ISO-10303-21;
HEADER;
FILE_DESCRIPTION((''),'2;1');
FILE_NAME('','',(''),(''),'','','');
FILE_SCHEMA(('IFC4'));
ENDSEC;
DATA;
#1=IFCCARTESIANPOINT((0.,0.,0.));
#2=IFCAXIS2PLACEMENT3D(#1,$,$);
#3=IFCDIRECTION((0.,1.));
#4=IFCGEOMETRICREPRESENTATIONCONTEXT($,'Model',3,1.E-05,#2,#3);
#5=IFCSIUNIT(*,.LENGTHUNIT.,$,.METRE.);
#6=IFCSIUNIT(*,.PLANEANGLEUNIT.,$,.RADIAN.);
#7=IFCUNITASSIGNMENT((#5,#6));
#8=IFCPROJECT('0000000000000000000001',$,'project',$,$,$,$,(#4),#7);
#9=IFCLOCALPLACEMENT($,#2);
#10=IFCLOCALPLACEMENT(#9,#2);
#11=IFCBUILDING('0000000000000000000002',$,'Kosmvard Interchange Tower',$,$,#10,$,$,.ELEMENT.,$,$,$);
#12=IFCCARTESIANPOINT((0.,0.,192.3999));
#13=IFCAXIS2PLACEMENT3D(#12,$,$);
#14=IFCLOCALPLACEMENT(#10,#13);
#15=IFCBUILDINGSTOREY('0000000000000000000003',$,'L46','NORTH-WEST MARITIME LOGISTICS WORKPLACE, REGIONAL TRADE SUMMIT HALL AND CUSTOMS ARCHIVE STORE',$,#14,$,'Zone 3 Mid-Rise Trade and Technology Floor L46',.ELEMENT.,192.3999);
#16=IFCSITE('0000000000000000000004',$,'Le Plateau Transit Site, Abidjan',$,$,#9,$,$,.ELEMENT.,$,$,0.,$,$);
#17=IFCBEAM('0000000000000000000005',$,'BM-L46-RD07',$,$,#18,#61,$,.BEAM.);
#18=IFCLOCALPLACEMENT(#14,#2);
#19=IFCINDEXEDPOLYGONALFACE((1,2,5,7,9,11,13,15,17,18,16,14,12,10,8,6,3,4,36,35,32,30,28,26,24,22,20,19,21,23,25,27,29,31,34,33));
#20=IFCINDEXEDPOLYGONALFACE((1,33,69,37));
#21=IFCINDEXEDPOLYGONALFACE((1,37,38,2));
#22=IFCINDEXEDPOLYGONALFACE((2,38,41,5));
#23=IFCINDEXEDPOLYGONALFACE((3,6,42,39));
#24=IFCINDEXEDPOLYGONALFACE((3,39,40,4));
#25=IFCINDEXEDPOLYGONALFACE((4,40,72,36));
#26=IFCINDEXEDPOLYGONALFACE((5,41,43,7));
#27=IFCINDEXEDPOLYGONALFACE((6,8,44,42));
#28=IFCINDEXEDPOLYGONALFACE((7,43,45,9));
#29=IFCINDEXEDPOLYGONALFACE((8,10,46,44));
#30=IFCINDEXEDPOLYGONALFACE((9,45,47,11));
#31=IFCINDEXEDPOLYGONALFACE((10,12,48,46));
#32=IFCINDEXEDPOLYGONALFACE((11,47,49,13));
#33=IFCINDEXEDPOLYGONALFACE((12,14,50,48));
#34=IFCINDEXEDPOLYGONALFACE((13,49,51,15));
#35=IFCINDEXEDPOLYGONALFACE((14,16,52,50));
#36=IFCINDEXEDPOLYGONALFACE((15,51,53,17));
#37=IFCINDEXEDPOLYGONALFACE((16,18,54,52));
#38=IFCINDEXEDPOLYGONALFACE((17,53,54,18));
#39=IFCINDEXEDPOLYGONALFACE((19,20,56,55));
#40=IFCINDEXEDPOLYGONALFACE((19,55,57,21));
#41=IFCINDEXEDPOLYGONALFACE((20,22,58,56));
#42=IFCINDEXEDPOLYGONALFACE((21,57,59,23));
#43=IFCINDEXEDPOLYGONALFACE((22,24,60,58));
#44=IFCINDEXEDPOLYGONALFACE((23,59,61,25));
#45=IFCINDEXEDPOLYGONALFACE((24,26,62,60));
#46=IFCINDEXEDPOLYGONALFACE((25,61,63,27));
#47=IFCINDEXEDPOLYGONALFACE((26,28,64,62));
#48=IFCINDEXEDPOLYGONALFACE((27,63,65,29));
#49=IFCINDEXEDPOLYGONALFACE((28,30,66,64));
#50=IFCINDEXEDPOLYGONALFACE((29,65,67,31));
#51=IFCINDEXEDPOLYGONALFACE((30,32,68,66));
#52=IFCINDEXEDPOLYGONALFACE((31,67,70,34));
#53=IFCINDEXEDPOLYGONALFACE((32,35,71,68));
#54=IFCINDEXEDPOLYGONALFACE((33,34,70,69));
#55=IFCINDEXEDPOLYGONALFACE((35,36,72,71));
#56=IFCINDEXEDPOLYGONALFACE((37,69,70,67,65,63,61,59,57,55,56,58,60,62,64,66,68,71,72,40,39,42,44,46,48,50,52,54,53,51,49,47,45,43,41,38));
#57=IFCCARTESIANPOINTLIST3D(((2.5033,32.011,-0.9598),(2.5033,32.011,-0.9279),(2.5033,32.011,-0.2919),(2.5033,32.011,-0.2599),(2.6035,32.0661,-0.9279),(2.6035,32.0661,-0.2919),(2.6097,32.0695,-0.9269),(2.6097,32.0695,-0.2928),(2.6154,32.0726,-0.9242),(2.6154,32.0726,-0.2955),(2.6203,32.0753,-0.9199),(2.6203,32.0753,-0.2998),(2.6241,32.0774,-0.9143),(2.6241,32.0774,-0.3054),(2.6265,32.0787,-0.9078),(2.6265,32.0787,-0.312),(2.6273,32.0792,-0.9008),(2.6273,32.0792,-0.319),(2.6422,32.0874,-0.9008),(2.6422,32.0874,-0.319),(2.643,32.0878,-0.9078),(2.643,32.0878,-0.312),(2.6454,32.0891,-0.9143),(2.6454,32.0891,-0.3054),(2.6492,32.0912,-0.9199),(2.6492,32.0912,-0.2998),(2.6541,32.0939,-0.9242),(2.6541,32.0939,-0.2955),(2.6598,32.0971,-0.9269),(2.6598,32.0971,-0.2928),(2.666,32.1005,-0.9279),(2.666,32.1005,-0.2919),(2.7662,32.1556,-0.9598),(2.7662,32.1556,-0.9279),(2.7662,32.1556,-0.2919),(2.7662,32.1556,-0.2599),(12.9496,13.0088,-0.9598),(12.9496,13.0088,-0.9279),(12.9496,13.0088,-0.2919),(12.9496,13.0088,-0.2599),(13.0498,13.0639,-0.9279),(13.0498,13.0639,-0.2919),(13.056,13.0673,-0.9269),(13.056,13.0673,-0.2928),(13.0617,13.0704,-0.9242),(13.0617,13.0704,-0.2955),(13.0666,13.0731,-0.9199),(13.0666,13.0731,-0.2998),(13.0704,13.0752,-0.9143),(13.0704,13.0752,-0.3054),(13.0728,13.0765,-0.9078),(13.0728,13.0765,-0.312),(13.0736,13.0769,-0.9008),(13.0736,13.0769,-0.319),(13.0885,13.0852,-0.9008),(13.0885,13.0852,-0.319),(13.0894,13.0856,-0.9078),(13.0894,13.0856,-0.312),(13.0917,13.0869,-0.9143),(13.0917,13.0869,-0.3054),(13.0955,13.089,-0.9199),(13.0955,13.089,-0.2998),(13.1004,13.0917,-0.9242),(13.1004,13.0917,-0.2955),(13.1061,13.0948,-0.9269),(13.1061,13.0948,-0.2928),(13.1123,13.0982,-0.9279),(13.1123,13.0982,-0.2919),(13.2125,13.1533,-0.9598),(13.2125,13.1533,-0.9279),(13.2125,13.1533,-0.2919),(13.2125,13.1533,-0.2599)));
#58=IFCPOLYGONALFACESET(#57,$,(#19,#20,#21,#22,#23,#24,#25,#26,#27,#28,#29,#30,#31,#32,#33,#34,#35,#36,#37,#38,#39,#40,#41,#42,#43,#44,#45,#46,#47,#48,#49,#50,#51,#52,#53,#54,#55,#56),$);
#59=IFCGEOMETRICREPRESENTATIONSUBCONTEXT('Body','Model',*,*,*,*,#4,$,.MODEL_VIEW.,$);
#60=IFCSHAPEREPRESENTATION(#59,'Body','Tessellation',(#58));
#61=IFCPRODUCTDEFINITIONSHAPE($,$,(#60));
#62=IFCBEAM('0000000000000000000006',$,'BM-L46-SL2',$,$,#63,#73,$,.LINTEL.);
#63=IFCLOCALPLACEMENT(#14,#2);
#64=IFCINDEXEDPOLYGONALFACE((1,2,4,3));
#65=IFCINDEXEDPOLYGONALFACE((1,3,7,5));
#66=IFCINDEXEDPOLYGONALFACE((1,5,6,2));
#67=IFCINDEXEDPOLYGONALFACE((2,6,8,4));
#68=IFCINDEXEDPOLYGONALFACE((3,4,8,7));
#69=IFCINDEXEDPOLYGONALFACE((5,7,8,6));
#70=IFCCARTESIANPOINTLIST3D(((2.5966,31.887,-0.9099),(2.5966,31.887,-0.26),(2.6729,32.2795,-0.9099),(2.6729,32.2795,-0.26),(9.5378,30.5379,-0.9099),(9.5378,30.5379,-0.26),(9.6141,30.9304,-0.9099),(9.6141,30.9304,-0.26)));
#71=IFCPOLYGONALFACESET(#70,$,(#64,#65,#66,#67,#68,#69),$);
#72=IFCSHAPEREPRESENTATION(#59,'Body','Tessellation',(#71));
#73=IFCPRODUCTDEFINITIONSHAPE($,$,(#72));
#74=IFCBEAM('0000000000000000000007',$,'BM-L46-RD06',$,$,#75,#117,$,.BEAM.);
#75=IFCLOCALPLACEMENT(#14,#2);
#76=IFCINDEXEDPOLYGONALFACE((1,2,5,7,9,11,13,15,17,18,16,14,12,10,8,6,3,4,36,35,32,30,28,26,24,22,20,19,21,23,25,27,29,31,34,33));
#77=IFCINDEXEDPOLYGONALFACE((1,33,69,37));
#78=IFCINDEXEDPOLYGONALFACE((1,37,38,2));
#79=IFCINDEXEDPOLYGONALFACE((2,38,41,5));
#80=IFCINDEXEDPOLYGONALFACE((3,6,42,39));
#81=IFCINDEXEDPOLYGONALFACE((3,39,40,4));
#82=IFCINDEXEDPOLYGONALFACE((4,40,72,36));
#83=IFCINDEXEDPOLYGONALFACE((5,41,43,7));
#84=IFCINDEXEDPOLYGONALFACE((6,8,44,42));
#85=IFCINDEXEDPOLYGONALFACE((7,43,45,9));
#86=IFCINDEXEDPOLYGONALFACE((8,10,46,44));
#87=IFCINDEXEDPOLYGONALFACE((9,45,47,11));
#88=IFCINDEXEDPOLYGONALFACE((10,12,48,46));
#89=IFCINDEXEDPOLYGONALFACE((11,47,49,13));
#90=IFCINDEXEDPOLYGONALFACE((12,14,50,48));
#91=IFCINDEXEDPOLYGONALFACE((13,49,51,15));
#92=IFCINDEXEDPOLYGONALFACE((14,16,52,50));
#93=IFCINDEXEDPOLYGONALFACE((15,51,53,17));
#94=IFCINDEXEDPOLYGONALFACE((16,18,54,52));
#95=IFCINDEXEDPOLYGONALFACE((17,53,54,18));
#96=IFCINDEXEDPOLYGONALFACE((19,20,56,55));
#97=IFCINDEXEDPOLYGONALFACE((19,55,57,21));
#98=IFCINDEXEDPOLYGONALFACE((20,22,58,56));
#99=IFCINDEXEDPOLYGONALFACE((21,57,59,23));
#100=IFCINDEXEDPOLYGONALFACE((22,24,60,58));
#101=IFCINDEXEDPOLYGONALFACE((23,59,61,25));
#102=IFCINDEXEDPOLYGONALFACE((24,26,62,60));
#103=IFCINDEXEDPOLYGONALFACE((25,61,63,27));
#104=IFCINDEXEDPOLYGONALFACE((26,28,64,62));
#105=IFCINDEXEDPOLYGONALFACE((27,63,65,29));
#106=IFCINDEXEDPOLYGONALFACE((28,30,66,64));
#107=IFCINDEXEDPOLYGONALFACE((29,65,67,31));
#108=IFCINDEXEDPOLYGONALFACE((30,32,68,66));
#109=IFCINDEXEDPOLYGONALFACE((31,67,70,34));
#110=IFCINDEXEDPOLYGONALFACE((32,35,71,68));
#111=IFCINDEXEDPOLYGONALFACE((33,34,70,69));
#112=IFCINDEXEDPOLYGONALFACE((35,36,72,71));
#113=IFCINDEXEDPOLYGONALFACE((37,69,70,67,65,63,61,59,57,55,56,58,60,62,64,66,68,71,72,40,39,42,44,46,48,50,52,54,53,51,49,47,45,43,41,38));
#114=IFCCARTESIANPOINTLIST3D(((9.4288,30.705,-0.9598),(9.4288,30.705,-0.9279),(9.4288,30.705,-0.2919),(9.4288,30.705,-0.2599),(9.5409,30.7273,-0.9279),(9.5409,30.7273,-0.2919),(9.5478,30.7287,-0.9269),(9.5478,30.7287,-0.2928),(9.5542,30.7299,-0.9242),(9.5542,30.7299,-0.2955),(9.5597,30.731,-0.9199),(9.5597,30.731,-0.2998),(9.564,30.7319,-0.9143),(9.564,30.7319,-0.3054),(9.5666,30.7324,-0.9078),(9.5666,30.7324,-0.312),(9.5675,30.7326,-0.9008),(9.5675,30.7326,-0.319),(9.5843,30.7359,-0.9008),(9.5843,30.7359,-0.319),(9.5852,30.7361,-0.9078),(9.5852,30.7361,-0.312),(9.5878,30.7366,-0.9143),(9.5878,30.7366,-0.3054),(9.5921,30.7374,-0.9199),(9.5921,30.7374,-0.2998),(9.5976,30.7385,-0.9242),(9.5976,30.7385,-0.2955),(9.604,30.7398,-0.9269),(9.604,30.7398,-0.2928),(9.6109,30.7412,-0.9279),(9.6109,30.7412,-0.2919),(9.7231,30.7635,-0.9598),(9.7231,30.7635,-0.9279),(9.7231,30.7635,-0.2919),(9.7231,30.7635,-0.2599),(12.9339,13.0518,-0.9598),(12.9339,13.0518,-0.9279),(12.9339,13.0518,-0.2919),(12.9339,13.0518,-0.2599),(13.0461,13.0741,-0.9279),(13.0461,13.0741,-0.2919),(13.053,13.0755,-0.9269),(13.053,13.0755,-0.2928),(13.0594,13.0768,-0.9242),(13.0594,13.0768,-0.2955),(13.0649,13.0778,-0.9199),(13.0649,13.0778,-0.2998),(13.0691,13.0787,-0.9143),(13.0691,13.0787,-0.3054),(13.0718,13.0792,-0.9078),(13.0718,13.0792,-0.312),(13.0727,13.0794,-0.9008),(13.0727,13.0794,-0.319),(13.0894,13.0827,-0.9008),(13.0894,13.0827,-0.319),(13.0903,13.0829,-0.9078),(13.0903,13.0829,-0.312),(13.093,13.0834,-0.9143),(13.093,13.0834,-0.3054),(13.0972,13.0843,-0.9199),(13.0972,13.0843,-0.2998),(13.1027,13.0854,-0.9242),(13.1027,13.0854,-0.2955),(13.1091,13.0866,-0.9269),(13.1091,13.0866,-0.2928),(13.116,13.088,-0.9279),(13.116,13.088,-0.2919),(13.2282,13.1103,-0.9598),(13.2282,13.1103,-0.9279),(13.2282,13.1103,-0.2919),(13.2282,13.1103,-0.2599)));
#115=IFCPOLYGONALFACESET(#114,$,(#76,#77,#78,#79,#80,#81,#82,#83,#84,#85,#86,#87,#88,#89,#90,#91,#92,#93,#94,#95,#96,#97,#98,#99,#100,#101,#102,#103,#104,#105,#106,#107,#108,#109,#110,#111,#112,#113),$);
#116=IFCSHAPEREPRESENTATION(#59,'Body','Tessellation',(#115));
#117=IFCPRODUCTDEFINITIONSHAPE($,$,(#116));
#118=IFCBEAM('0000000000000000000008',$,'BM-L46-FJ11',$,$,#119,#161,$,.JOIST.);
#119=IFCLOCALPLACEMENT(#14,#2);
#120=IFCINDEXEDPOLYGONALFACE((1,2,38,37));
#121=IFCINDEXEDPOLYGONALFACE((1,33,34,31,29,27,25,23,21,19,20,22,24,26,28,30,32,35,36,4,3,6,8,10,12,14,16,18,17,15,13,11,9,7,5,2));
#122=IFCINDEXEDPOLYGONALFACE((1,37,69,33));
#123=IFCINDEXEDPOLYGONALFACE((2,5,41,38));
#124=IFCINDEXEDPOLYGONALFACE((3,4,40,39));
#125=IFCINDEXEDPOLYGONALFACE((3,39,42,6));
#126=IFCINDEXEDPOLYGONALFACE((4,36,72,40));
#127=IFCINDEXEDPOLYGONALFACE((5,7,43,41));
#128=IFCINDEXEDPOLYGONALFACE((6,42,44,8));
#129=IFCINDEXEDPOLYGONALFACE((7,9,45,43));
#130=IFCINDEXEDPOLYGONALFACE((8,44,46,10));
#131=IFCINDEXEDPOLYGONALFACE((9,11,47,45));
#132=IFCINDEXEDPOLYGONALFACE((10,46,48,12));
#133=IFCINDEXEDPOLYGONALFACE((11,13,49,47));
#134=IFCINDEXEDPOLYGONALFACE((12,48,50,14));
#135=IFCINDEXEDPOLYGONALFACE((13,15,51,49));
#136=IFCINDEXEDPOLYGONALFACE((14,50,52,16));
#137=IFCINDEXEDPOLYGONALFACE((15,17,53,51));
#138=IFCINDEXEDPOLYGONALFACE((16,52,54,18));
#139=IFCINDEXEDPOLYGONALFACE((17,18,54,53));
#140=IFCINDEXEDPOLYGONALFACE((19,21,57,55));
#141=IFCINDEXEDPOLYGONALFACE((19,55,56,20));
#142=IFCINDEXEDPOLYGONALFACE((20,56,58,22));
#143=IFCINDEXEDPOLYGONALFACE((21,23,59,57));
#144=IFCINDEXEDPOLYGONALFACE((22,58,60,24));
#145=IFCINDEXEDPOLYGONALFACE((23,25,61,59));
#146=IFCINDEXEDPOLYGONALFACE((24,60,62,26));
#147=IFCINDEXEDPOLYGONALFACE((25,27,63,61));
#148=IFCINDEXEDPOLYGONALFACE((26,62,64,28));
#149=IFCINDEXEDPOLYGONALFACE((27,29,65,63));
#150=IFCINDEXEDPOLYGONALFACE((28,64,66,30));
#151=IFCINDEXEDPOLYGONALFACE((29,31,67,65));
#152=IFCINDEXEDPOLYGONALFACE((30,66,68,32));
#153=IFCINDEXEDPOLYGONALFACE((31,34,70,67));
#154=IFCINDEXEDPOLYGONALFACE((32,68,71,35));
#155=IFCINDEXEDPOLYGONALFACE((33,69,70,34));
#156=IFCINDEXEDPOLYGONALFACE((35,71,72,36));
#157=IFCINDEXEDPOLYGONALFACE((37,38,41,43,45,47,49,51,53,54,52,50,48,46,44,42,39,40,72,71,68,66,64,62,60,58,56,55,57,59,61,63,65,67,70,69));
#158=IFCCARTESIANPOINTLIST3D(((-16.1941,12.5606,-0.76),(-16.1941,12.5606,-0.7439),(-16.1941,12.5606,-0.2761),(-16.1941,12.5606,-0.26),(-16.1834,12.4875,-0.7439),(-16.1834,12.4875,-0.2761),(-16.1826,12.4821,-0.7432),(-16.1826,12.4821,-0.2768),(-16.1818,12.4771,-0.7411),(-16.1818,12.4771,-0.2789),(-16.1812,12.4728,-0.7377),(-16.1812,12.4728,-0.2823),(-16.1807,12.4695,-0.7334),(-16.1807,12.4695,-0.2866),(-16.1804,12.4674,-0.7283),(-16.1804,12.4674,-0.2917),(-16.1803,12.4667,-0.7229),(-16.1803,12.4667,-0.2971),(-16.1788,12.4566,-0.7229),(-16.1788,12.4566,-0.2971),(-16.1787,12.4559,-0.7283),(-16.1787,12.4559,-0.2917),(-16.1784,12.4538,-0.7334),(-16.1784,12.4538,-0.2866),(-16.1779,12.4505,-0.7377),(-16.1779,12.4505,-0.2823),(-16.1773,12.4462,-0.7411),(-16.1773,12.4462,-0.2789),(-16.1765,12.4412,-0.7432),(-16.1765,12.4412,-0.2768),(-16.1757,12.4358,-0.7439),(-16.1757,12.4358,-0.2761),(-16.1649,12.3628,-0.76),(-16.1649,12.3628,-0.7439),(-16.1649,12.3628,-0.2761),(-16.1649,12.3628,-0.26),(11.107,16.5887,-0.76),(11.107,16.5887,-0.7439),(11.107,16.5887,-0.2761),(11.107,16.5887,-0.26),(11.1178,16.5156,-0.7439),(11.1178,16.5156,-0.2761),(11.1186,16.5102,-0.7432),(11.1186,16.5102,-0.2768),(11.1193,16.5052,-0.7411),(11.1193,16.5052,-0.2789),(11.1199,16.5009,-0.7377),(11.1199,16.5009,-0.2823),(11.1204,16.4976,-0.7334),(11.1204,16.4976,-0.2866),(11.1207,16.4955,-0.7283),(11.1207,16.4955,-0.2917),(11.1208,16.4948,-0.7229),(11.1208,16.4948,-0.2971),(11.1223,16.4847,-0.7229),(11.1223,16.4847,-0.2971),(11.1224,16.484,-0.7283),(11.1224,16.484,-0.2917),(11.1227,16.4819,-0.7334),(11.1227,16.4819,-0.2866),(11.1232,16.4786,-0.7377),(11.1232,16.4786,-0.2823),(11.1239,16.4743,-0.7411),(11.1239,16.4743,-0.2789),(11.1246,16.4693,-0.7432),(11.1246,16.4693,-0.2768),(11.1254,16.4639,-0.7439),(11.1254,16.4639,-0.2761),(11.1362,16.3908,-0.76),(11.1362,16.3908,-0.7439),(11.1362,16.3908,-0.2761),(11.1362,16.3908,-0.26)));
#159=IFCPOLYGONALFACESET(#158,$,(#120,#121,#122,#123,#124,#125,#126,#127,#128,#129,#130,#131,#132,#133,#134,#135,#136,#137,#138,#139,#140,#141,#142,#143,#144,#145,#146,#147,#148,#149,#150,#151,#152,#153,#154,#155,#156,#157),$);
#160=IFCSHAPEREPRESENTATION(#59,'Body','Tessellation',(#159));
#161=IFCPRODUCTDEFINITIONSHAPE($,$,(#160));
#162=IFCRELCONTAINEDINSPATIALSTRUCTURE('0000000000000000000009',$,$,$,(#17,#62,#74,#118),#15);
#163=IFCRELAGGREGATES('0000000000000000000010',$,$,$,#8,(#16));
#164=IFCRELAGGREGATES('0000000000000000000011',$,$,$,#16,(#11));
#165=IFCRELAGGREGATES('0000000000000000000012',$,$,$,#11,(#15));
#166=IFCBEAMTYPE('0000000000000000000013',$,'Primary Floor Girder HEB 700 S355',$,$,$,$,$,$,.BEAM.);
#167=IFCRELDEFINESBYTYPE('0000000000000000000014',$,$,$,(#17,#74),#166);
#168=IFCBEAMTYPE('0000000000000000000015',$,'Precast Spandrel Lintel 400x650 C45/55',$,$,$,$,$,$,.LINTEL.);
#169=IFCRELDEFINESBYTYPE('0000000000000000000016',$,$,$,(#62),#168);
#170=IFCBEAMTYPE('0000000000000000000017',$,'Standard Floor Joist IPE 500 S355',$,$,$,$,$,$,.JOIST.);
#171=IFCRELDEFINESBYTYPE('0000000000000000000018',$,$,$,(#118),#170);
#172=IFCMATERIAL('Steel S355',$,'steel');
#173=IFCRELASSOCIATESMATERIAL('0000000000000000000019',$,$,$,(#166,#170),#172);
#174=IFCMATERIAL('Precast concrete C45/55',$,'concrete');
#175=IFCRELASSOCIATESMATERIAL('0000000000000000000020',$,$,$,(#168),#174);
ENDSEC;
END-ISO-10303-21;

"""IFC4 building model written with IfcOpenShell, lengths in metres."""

from ifc_helpers import new_model, si_unit, direction, frame, origin, origin_2d, place, context, subcontext, project, spatial, rectangle, i_section, extrude, source, transform, mapped, material, material_profile, profile_set, type_object, element, save


model = new_model("IFC4")

# Units and contexts
model_context = context("Model", 3, precision=1e-05, world=origin(), true_north=direction((0.0, 1.0)))
body_context = subcontext(model_context, "Body", "Model", "MODEL_VIEW")
ifc_project = project(units=[si_unit("LENGTHUNIT", "METRE"), si_unit("PLANEANGLEUNIT", "RADIAN")], contexts=[model_context])

# Site, building, storey
site_placement = place(None, origin())
site = spatial("IfcSite", under=ifc_project, at=site_placement, Name="Le Plateau Transit Site, Abidjan", CompositionType="ELEMENT", RefElevation=0.0)
building_placement = place(site_placement, origin())
building = spatial("IfcBuilding", under=site, at=building_placement, Name="Kosmvard Interchange Tower", CompositionType="ELEMENT")
storey_placement = place(building_placement, frame((0.0, 0.0, 192.3999)))
storey = spatial("IfcBuildingStorey", under=building, at=storey_placement, Name="L46", Description="NORTH-WEST MARITIME LOGISTICS WORKPLACE, REGIONAL TRADE SUMMIT HALL AND CUSTOMS ARCHIVE STORE", LongName="Zone 3 Mid-Rise Trade and Technology Floor L46", CompositionType="ELEMENT", Elevation=192.3999)

# Beams
ifc_material_1 = material(Name="Steel S355", Category="steel")
ifc_material_profile_1 = material_profile(ifc_material_1, i_section(OverallWidth=0.3, OverallDepth=0.7, WebThickness=0.0171, FlangeThickness=0.032, FilletRadius=0.0271, at=origin_2d()), Name="HEB 700")
ifc_profile_set_1 = profile_set([ifc_material_profile_1], Name="Steel S355")
beam_type_1 = type_object("IfcBeamType", Name="Primary Floor Girder HEB 700 S355", PredefinedType="BEAM", material=ifc_profile_set_1)
shared_shape_1 = source(origin(), body_context, "Body", "SweptSolid", [
    extrude(i_section(OverallWidth=0.3, OverallDepth=0.7, WebThickness=0.0171, FlangeThickness=0.032, FilletRadius=0.0271, at=origin_2d()), origin(), (0.0, 0.0, 1.0), 21.6843),
])
beam_1_placement = place(storey_placement, frame((13.0811, 13.0811, -0.6099), z_axis=(-0.481745, 0.876312, 0.0), x_axis=(-0.876312, -0.481745, 0.0)))
element("IfcBeam", 1, at=beam_1_placement, inside=storey, type_object=beam_type_1, Name="BM-L46-RD07", PredefinedType="BEAM", context=body_context, shape_type="MappedRepresentation", body=[
    mapped(shared_shape_1, transform((0.0, 0.0, 0.0), scale=1.0)),
])
ifc_material_2 = material(Name="Precast concrete C45/55", Category="concrete")
ifc_material_profile_2 = material_profile(ifc_material_2, rectangle(XDim=0.3999, YDim=0.6499, at=origin_2d()), Name="SL 400x650")
ifc_profile_set_2 = profile_set([ifc_material_profile_2], Name="Precast concrete C45/55")
beam_type_2 = type_object("IfcBeamType", Name="Precast Spandrel Lintel 400x650 C45/55", PredefinedType="LINTEL", material=ifc_profile_set_2)
shared_shape_2 = source(origin(), body_context, "Body", "SweptSolid", [
    extrude(rectangle(XDim=0.3999, YDim=0.6499, at=origin_2d()), origin(), (0.0, 0.0, 1.0), 7.071),
])
beam_2_placement = place(storey_placement, frame((9.5759, 30.7341, -0.585), z_axis=(-0.98163, 0.190795, 0.0), x_axis=(-0.190795, -0.98163, 0.0)))
element("IfcBeam", 2, at=beam_2_placement, inside=storey, type_object=beam_type_2, Name="BM-L46-SL2", PredefinedType="LINTEL", context=body_context, shape_type="MappedRepresentation", body=[
    mapped(shared_shape_2, transform((0.0, 0.0, 0.0), scale=1.0)),
])
shared_shape_3 = source(origin(), body_context, "Body", "SweptSolid", [
    extrude(i_section(OverallWidth=0.3, OverallDepth=0.7, WebThickness=0.0171, FlangeThickness=0.032, FilletRadius=0.0271, at=origin_2d()), origin(), (0.0, 0.0, 1.0), 17.9978),
])
beam_3_placement = place(storey_placement, frame((13.0811, 13.0811, -0.6099), z_axis=(-0.194754, 0.980852, 0.0), x_axis=(-0.980852, -0.194754, 0.0)))
element("IfcBeam", 3, at=beam_3_placement, inside=storey, type_object=beam_type_1, Name="BM-L46-RD06", PredefinedType="BEAM", context=body_context, shape_type="MappedRepresentation", body=[
    mapped(shared_shape_3, transform((0.0, 0.0, 0.0), scale=1.0)),
])
ifc_material_profile_3 = material_profile(ifc_material_1, i_section(OverallWidth=0.2, OverallDepth=0.5, WebThickness=0.0103, FlangeThickness=0.0161, FilletRadius=0.021, at=origin_2d()), Name="IPE 500")
ifc_profile_set_3 = profile_set([ifc_material_profile_3], Name="Steel S355")
beam_type_3 = type_object("IfcBeamType", Name="Standard Floor Joist IPE 500 S355", PredefinedType="JOIST", material=ifc_profile_set_3)
shared_shape_4 = source(origin(), body_context, "Body", "SweptSolid", [
    extrude(i_section(OverallWidth=0.2, OverallDepth=0.5, WebThickness=0.0103, FlangeThickness=0.0161, FilletRadius=0.021, at=origin_2d()), origin(), (0.0, 0.0, 1.0), 27.5967),
])
beam_4_placement = place(storey_placement, frame((11.1216, 16.4897, -0.51), z_axis=(-0.98929, -0.145963, 0.0), x_axis=(0.145963, -0.98929, 0.0)))
element("IfcBeam", 4, at=beam_4_placement, inside=storey, type_object=beam_type_3, Name="BM-L46-FJ11", PredefinedType="JOIST", context=body_context, shape_type="MappedRepresentation", body=[
    mapped(shared_shape_4, transform((0.0, 0.0, 0.0), scale=1.0)),
])

save(model, "model.ifc")
